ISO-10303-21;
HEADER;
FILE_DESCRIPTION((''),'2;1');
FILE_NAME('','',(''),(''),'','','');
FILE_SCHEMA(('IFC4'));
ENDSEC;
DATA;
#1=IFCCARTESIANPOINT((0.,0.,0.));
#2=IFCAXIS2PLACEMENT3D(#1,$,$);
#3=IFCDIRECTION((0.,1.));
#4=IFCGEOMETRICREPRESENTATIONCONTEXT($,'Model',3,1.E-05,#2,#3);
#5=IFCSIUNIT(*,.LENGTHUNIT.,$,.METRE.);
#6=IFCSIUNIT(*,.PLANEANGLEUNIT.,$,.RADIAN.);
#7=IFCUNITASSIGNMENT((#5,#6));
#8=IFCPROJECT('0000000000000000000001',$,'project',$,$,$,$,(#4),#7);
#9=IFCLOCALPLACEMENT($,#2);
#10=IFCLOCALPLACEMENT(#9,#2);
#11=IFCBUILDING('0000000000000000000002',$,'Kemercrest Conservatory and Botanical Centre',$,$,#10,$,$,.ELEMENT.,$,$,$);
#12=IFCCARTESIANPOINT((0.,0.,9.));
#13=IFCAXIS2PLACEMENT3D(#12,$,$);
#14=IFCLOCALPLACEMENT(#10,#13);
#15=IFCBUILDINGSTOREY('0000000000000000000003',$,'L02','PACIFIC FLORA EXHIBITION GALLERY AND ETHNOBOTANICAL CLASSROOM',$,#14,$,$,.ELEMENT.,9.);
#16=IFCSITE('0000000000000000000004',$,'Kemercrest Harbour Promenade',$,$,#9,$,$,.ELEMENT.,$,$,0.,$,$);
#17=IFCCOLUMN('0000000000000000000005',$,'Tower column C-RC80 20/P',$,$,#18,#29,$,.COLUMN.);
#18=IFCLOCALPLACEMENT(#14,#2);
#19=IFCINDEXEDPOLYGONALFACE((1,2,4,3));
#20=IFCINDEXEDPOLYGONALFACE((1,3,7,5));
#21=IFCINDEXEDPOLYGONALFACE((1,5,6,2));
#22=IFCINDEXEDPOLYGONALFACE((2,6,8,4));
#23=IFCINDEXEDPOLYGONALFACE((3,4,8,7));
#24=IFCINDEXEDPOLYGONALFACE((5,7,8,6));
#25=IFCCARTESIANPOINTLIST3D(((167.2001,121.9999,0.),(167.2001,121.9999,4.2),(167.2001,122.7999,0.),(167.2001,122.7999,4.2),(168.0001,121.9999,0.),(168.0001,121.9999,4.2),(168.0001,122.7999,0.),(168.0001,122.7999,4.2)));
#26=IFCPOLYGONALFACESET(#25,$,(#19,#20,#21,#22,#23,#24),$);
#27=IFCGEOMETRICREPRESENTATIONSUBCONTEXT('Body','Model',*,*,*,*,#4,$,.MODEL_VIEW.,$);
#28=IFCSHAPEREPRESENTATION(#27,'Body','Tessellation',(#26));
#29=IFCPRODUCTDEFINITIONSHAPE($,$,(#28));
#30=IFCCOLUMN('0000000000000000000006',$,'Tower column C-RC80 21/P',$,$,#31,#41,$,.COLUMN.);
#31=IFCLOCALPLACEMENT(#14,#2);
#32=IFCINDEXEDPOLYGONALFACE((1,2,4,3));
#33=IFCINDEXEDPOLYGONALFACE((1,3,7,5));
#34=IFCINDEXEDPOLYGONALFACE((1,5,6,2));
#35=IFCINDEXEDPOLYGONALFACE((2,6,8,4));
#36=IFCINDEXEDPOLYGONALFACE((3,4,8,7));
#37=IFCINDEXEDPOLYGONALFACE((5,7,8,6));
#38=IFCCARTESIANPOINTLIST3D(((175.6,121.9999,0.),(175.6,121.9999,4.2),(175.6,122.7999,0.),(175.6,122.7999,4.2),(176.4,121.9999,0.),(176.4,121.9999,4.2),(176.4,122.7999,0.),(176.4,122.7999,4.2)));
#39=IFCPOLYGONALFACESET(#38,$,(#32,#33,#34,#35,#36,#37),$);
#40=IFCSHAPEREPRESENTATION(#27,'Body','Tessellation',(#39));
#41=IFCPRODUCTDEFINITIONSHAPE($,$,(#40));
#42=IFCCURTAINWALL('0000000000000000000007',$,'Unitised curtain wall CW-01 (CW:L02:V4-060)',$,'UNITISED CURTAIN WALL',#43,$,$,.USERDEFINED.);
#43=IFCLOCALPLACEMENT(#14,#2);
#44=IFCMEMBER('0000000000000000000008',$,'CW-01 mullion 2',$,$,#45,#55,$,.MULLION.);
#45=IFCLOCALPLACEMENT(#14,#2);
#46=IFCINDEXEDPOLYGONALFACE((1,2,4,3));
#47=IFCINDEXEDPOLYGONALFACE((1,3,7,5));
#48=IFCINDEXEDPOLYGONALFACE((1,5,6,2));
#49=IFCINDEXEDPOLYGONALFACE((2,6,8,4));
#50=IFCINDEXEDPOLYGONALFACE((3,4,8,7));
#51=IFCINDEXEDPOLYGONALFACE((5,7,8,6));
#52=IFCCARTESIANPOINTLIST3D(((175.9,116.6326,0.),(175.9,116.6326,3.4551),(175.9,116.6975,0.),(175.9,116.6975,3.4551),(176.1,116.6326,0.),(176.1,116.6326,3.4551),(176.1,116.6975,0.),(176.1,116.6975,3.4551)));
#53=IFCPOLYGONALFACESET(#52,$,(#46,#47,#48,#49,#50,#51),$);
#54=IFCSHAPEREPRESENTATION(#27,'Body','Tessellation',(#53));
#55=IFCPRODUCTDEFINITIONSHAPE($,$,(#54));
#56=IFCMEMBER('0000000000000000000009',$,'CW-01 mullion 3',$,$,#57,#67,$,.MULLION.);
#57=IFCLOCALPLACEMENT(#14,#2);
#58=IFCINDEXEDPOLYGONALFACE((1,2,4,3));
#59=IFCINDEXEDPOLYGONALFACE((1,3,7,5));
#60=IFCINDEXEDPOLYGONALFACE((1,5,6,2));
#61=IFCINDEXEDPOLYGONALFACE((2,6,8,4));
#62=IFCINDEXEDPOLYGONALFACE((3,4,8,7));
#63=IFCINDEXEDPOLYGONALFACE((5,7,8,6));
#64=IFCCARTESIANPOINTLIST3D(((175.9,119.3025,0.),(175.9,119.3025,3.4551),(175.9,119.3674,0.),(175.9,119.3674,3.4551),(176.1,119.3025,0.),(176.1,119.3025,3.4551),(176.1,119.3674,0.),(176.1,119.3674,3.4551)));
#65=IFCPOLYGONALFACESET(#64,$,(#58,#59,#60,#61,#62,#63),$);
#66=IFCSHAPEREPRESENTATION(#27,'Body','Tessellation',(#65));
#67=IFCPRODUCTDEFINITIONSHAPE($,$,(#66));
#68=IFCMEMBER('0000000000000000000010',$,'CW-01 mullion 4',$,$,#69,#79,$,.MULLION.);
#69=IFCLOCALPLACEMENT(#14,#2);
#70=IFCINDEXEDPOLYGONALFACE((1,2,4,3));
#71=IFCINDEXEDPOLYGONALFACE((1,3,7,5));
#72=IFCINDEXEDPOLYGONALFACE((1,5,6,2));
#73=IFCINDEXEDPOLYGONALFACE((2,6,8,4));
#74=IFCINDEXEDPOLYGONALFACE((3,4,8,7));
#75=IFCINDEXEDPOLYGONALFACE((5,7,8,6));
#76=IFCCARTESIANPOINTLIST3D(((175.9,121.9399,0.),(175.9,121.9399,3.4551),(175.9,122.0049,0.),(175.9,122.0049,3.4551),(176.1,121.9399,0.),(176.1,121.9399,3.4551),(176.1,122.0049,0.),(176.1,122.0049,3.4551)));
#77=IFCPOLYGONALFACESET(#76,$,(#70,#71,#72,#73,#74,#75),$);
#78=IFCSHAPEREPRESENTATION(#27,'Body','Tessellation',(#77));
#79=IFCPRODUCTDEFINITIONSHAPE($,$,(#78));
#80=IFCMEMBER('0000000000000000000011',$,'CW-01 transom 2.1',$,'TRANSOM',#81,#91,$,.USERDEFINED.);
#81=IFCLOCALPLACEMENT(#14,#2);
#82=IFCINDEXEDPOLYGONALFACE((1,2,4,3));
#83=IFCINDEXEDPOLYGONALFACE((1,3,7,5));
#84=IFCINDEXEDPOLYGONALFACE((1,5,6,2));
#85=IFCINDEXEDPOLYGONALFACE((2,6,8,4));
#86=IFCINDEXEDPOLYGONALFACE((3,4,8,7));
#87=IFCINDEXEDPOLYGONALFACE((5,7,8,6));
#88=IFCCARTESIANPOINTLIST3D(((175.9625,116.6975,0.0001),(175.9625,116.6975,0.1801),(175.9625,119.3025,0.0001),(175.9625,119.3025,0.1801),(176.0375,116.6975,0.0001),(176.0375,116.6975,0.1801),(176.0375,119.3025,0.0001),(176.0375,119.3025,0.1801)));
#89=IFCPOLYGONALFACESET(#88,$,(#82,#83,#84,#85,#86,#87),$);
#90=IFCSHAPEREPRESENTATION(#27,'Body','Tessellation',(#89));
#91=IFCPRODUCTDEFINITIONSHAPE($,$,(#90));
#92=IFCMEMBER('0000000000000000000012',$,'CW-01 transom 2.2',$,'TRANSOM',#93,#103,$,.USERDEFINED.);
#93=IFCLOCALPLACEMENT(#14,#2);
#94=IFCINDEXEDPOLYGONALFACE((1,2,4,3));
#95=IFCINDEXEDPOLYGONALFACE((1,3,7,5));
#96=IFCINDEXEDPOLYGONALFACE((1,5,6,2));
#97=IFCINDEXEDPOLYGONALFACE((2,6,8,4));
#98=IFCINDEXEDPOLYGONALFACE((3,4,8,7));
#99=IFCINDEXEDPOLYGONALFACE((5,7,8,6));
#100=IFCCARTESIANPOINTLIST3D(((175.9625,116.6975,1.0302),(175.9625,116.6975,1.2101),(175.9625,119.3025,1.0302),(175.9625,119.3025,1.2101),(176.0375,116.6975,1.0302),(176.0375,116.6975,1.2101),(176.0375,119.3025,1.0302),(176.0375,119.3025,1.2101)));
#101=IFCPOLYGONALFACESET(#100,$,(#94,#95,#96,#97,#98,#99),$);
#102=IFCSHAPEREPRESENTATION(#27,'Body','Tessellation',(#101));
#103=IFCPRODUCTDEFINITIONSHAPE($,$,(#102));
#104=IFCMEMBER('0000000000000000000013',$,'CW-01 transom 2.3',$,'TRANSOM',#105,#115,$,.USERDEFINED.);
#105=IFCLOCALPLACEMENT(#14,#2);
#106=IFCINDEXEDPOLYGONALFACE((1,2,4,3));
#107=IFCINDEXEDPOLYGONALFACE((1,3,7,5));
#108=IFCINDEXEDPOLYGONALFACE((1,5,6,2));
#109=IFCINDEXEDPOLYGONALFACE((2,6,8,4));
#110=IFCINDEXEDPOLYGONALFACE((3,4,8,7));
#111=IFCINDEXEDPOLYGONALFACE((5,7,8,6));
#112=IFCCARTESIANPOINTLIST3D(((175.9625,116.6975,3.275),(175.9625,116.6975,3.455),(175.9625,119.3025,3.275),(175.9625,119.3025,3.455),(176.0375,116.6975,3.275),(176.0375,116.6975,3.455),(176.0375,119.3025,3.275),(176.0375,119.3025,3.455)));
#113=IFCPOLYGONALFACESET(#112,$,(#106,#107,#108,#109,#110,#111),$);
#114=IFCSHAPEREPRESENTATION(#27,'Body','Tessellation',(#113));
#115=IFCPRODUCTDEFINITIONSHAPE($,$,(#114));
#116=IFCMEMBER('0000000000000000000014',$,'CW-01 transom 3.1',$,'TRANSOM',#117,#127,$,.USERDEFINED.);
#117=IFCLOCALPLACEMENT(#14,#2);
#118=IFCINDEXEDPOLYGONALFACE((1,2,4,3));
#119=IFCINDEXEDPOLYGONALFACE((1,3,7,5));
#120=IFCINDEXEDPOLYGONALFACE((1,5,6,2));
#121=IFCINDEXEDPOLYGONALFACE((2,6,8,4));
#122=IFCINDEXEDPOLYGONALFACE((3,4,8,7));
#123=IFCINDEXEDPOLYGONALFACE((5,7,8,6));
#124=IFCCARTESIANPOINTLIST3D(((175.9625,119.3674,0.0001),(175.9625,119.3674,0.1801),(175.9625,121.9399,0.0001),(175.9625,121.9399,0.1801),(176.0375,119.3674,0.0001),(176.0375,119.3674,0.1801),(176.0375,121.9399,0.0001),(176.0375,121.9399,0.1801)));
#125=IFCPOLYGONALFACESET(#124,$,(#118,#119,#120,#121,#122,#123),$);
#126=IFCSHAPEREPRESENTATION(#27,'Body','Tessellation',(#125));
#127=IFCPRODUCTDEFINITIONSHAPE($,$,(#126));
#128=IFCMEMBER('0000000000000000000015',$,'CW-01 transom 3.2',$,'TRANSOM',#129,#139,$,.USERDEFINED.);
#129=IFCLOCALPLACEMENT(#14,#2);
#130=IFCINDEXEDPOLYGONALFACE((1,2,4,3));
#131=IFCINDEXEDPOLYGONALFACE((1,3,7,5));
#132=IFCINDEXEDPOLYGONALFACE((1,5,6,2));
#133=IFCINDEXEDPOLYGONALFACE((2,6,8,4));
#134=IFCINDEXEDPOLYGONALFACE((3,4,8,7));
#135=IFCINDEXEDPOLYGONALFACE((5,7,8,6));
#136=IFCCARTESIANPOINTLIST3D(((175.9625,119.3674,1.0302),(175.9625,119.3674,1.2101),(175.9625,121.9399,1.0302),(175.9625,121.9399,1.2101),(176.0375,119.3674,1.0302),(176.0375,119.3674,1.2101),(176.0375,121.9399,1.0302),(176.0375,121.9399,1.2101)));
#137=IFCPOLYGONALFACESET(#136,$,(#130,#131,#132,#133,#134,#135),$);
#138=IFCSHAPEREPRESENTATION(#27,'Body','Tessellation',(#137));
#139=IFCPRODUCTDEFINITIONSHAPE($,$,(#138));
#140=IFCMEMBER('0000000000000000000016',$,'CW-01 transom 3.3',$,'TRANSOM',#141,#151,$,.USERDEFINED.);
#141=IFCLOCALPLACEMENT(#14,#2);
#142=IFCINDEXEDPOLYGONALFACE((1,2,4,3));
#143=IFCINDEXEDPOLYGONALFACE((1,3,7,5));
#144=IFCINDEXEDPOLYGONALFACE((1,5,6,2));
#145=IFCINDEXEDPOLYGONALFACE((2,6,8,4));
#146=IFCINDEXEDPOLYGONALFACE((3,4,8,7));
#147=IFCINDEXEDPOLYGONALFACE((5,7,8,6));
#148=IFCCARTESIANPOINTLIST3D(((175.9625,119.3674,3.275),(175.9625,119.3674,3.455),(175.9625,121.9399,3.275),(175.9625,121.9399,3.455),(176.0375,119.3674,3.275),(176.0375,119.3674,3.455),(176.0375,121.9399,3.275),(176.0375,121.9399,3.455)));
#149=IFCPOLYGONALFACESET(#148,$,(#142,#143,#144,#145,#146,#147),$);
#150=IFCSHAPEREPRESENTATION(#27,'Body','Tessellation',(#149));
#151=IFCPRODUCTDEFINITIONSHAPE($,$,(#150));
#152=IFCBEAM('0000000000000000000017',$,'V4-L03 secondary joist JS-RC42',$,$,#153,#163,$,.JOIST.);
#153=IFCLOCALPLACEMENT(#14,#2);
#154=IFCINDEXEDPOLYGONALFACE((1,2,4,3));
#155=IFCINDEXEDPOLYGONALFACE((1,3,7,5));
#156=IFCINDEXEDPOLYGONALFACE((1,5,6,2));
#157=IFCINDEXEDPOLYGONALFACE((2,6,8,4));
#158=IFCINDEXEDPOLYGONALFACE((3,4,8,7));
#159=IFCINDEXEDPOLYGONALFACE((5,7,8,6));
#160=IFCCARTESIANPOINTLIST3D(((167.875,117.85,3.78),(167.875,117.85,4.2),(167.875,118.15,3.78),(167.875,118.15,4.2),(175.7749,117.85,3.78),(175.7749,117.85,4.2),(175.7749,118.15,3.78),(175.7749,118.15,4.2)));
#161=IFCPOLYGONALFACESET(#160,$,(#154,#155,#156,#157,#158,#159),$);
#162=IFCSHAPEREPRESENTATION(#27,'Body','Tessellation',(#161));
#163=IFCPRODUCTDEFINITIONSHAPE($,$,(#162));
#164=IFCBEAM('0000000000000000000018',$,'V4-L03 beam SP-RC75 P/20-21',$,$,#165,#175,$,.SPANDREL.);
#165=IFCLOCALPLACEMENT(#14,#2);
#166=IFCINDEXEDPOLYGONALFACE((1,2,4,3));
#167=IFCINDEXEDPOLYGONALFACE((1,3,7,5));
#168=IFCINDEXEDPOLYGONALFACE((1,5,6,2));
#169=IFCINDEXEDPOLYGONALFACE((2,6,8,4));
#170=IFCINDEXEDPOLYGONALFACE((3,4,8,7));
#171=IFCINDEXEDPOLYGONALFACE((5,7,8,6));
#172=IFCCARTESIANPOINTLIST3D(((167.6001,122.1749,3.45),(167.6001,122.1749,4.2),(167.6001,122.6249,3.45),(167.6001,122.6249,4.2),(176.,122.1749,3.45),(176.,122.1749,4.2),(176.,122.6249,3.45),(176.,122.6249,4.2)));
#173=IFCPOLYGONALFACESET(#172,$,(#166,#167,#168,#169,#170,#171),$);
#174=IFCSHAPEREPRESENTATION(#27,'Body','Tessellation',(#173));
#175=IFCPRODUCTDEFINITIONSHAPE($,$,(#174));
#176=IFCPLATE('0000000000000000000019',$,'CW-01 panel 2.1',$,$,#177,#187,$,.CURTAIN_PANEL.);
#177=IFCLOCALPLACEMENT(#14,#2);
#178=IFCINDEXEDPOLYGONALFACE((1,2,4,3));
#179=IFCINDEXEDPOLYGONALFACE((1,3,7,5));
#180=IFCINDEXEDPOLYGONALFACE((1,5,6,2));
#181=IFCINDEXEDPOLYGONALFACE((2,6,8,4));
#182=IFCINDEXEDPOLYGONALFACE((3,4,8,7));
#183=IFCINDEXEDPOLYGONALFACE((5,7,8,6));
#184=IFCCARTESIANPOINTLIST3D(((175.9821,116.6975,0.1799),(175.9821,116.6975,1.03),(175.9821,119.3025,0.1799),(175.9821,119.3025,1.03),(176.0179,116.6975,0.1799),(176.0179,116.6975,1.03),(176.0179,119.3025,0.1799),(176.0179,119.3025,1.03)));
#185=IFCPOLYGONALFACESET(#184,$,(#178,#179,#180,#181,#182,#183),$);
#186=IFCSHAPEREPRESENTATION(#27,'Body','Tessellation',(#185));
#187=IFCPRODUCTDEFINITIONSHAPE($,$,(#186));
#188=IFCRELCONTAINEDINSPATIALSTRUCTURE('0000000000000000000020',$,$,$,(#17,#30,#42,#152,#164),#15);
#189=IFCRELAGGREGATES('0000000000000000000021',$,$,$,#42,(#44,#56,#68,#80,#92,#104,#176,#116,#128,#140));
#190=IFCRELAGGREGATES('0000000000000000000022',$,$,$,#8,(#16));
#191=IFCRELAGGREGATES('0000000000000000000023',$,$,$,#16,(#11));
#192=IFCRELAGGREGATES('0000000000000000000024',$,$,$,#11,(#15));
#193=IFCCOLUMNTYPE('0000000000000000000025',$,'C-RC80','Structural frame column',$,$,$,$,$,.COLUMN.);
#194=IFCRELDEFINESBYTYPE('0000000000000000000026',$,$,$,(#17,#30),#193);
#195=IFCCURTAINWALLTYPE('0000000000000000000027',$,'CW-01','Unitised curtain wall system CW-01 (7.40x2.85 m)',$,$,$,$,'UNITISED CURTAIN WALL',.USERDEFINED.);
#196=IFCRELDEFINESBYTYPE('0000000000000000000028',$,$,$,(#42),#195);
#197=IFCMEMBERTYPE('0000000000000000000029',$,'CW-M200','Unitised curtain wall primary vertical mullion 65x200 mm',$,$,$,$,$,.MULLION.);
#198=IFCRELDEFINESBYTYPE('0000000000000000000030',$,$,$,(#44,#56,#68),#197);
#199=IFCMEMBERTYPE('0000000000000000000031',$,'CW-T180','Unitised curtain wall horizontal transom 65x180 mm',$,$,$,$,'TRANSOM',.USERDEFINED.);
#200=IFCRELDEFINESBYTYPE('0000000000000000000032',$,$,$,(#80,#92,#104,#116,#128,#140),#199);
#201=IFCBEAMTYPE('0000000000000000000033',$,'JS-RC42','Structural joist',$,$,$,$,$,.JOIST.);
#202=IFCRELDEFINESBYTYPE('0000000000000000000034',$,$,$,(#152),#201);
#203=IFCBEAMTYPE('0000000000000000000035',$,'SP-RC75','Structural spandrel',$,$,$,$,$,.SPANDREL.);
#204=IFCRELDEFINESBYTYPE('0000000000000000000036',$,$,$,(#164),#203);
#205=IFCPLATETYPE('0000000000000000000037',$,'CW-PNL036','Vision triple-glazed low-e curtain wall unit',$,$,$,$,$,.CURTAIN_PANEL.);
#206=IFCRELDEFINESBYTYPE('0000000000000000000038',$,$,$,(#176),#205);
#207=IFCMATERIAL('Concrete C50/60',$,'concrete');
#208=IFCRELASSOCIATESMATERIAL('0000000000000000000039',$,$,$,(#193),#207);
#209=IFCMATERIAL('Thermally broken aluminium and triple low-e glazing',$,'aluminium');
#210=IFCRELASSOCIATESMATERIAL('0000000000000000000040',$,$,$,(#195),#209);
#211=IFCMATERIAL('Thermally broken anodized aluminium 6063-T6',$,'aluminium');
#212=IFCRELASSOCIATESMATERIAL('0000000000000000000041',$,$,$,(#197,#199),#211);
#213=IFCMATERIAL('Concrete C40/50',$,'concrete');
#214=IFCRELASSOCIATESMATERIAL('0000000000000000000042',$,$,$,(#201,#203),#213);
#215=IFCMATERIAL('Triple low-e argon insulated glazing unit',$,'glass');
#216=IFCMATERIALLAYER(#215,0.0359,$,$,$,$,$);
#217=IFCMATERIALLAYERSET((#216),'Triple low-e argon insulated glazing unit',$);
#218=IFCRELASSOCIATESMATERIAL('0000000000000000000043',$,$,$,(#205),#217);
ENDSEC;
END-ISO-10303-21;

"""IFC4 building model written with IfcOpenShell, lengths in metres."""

from ifc_helpers import new_model, si_unit, direction, frame, origin, origin_2d, place, context, subcontext, project, spatial, rectangle, extrude, material, layer, layer_set, material_profile, profile_set, type_object, element, aggregate, save


model = new_model("IFC4")

# Units and contexts
model_context = context("Model", 3, precision=1e-05, world=origin(), true_north=direction((0.0, 1.0)))
body_context = subcontext(model_context, "Body", "Model", "MODEL_VIEW")
ifc_project = project(units=[si_unit("LENGTHUNIT", "METRE"), si_unit("PLANEANGLEUNIT", "RADIAN")], contexts=[model_context])

# Site, building, storey
site_placement = place(None, origin())
site = spatial("IfcSite", under=ifc_project, at=site_placement, Name="Kemercrest Harbour Promenade", CompositionType="ELEMENT", RefElevation=0.0)
building_placement = place(site_placement, origin())
building = spatial("IfcBuilding", under=site, at=building_placement, Name="Kemercrest Conservatory and Botanical Centre", CompositionType="ELEMENT")
storey_placement = place(building_placement, frame((0.0, 0.0, 9.0)))
storey = spatial("IfcBuildingStorey", under=building, at=storey_placement, Name="L02", Description="PACIFIC FLORA EXHIBITION GALLERY AND ETHNOBOTANICAL CLASSROOM", CompositionType="ELEMENT", Elevation=9.0)

# Columns
ifc_material_1 = material(Name="Concrete C50/60", Category="concrete")
ifc_material_profile_1 = material_profile(ifc_material_1, rectangle(XDim=0.8, YDim=0.8, at=origin_2d()), Name="RC 800x800")
ifc_profile_set_1 = profile_set([ifc_material_profile_1], Name="Concrete C50/60")
column_type = type_object("IfcColumnType", Name="C-RC80", Description="Structural frame column", PredefinedType="COLUMN", material=ifc_profile_set_1)
for number, where, z_axis, x_axis, name in (
    (1, (167.6001, 122.3999, 0.0), (0.0, 0.0, 1.0), (1.0, 0.0, 0.0), "Tower column C-RC80 20/P"),
    (2, (176.0, 122.3999, 0.0), (0.0, 0.0, 1.0), (1.0, 0.0, 0.0), "Tower column C-RC80 21/P"),
):
    element("IfcColumn", number, at=place(storey_placement, frame(where, z_axis=z_axis, x_axis=x_axis)), inside=storey, type_object=column_type, Name=name, PredefinedType="COLUMN", context=body_context, shape_type="SweptSolid", body=[
        extrude(rectangle(XDim=0.8, YDim=0.8, at=origin_2d()), origin(), (0.0, 0.0, 1.0), 4.2),
    ])

# Curtain wall, members
ifc_material_2 = material(Name="Thermally broken aluminium and triple low-e glazing", Category="aluminium")
curtain_wall_type = type_object("IfcCurtainWallType", Name="CW-01", Description="Unitised curtain wall system CW-01 (7.40x2.85 m)", ElementType="UNITISED CURTAIN WALL", PredefinedType="USERDEFINED", material=ifc_material_2)
curtain_wall_placement = place(storey_placement, origin())
curtain_wall = element("IfcCurtainWall", 3, at=curtain_wall_placement, inside=storey, type_object=curtain_wall_type, Name="Unitised curtain wall CW-01 (CW:L02:V4-060)", ObjectType="UNITISED CURTAIN WALL", PredefinedType="USERDEFINED")
ifc_material_3 = material(Name="Thermally broken anodized aluminium 6063-T6", Category="aluminium")
ifc_material_profile_2 = material_profile(ifc_material_3, rectangle(XDim=0.2, YDim=0.0649, at=origin_2d()), Name="AL MULLION 65x200")
ifc_profile_set_2 = profile_set([ifc_material_profile_2], Name="Thermally broken anodized aluminium 6063-T6")
member_type_1 = type_object("IfcMemberType", Name="CW-M200", Description="Unitised curtain wall primary vertical mullion 65x200 mm", PredefinedType="MULLION", material=ifc_profile_set_2)
member_1_placement = place(storey_placement, frame((176.0, 116.665, 0.0), z_axis=(0.0, 0.0, 1.0), x_axis=(-1.0, 0.0, 0.0)))
member_1 = element("IfcMember", 4, at=member_1_placement, type_object=member_type_1, Name="CW-01 mullion 2", PredefinedType="MULLION", context=body_context, shape_type="SweptSolid", body=[
    extrude(rectangle(XDim=0.2, YDim=0.0649, at=origin_2d()), origin(), (0.0, 0.0, 1.0), 3.4551),
])
member_2_placement = place(storey_placement, frame((176.0, 119.335, 0.0), z_axis=(0.0, 0.0, 1.0), x_axis=(-1.0, 0.0, 0.0)))
member_2 = element("IfcMember", 5, at=member_2_placement, type_object=member_type_1, Name="CW-01 mullion 3", PredefinedType="MULLION", context=body_context, shape_type="SweptSolid", body=[
    extrude(rectangle(XDim=0.2, YDim=0.0649, at=origin_2d()), origin(), (0.0, 0.0, 1.0), 3.4551),
])
member_3_placement = place(storey_placement, frame((176.0, 121.9724, 0.0), z_axis=(0.0, 0.0, 1.0), x_axis=(-1.0, 0.0, 0.0)))
member_3 = element("IfcMember", 6, at=member_3_placement, type_object=member_type_1, Name="CW-01 mullion 4", PredefinedType="MULLION", context=body_context, shape_type="SweptSolid", body=[
    extrude(rectangle(XDim=0.2, YDim=0.0649, at=origin_2d()), origin(), (0.0, 0.0, 1.0), 3.4551),
])
ifc_material_profile_3 = material_profile(ifc_material_3, rectangle(XDim=0.075, YDim=0.1799, at=origin_2d()), Name="AL TRANSOM 75x180")
ifc_profile_set_3 = profile_set([ifc_material_profile_3], Name="Thermally broken anodized aluminium 6063-T6")
member_type_2 = type_object("IfcMemberType", Name="CW-T180", Description="Unitised curtain wall horizontal transom 65x180 mm", ElementType="TRANSOM", PredefinedType="USERDEFINED", material=ifc_profile_set_3)
member_4_placement = place(storey_placement, frame((176.0, 116.6975, 0.0901), z_axis=(0.0, 1.0, 0.0), x_axis=(-1.0, 0.0, 0.0)))
member_4 = element("IfcMember", 7, at=member_4_placement, type_object=member_type_2, Name="CW-01 transom 2.1", ObjectType="TRANSOM", PredefinedType="USERDEFINED", context=body_context, shape_type="SweptSolid", body=[
    extrude(rectangle(XDim=0.075, YDim=0.1799, at=origin_2d()), origin(), (0.0, 0.0, 1.0), 2.605),
])
member_5_placement = place(storey_placement, frame((176.0, 116.6975, 1.1201), z_axis=(0.0, 1.0, 0.0), x_axis=(-1.0, 0.0, 0.0)))
member_5 = element("IfcMember", 8, at=member_5_placement, type_object=member_type_2, Name="CW-01 transom 2.2", ObjectType="TRANSOM", PredefinedType="USERDEFINED", context=body_context, shape_type="SweptSolid", body=[
    extrude(rectangle(XDim=0.075, YDim=0.1799, at=origin_2d()), origin(), (0.0, 0.0, 1.0), 2.605),
])
member_6_placement = place(storey_placement, frame((176.0, 116.6975, 3.365), z_axis=(0.0, 1.0, 0.0), x_axis=(-1.0, 0.0, 0.0)))
member_6 = element("IfcMember", 9, at=member_6_placement, type_object=member_type_2, Name="CW-01 transom 2.3", ObjectType="TRANSOM", PredefinedType="USERDEFINED", context=body_context, shape_type="SweptSolid", body=[
    extrude(rectangle(XDim=0.075, YDim=0.1799, at=origin_2d()), origin(), (0.0, 0.0, 1.0), 2.605),
])
member_7_placement = place(storey_placement, frame((176.0, 119.3674, 0.0901), z_axis=(0.0, 1.0, 0.0), x_axis=(-1.0, 0.0, 0.0)))
member_7 = element("IfcMember", 10, at=member_7_placement, type_object=member_type_2, Name="CW-01 transom 3.1", ObjectType="TRANSOM", PredefinedType="USERDEFINED", context=body_context, shape_type="SweptSolid", body=[
    extrude(rectangle(XDim=0.075, YDim=0.1799, at=origin_2d()), origin(), (0.0, 0.0, 1.0), 2.5725),
])
member_8_placement = place(storey_placement, frame((176.0, 119.3674, 1.1201), z_axis=(0.0, 1.0, 0.0), x_axis=(-1.0, 0.0, 0.0)))
member_8 = element("IfcMember", 11, at=member_8_placement, type_object=member_type_2, Name="CW-01 transom 3.2", ObjectType="TRANSOM", PredefinedType="USERDEFINED", context=body_context, shape_type="SweptSolid", body=[
    extrude(rectangle(XDim=0.075, YDim=0.1799, at=origin_2d()), origin(), (0.0, 0.0, 1.0), 2.5725),
])
member_9_placement = place(storey_placement, frame((176.0, 119.3674, 3.365), z_axis=(0.0, 1.0, 0.0), x_axis=(-1.0, 0.0, 0.0)))
member_9 = element("IfcMember", 12, at=member_9_placement, type_object=member_type_2, Name="CW-01 transom 3.3", ObjectType="TRANSOM", PredefinedType="USERDEFINED", context=body_context, shape_type="SweptSolid", body=[
    extrude(rectangle(XDim=0.075, YDim=0.1799, at=origin_2d()), origin(), (0.0, 0.0, 1.0), 2.5725),
])

# Beams
ifc_material_4 = material(Name="Concrete C40/50", Category="concrete")
ifc_material_profile_4 = material_profile(ifc_material_4, rectangle(XDim=0.3, YDim=0.4199, at=origin_2d()), Name="RC 300x420")
ifc_profile_set_4 = profile_set([ifc_material_profile_4], Name="Concrete C40/50")
beam_type_1 = type_object("IfcBeamType", Name="JS-RC42", Description="Structural joist", PredefinedType="JOIST", material=ifc_profile_set_4)
beam_1_placement = place(storey_placement, frame((167.875, 118.0, 3.99), z_axis=(1.0, 0.0, 0.0), x_axis=(0.0, 1.0, 0.0)))
element("IfcBeam", 13, at=beam_1_placement, inside=storey, type_object=beam_type_1, Name="V4-L03 secondary joist JS-RC42", PredefinedType="JOIST", context=body_context, shape_type="SweptSolid", body=[
    extrude(rectangle(XDim=0.3, YDim=0.4199, at=origin_2d()), origin(), (0.0, 0.0, 1.0), 7.8999),
])
ifc_material_profile_5 = material_profile(ifc_material_4, rectangle(XDim=0.45, YDim=0.75, at=origin_2d()), Name="RC 450x750")
ifc_profile_set_5 = profile_set([ifc_material_profile_5], Name="Concrete C40/50")
beam_type_2 = type_object("IfcBeamType", Name="SP-RC75", Description="Structural spandrel", PredefinedType="SPANDREL", material=ifc_profile_set_5)
beam_2_placement = place(storey_placement, frame((167.6001, 122.3999, 3.825), z_axis=(1.0, 0.0, 0.0), x_axis=(0.0, 1.0, 0.0)))
element("IfcBeam", 14, at=beam_2_placement, inside=storey, type_object=beam_type_2, Name="V4-L03 beam SP-RC75 P/20-21", PredefinedType="SPANDREL", context=body_context, shape_type="SweptSolid", body=[
    extrude(rectangle(XDim=0.45, YDim=0.75, at=origin_2d()), origin(), (0.0, 0.0, 1.0), 8.3999),
])

# Plate
ifc_material_5 = material(Name="Triple low-e argon insulated glazing unit", Category="glass")
ifc_layer_1 = layer(ifc_material_5, 0.0359)
ifc_layer_set_1 = layer_set([ifc_layer_1], Name="Triple low-e argon insulated glazing unit")
plate_type = type_object("IfcPlateType", Name="CW-PNL036", Description="Vision triple-glazed low-e curtain wall unit", PredefinedType="CURTAIN_PANEL", material=ifc_layer_set_1)
plate_1_placement = place(storey_placement, frame((176.0, 118.0, 0.1799), z_axis=(0.0, 0.0, 1.0), x_axis=(0.0, 1.0, 0.0)))
plate_1 = element("IfcPlate", 15, at=plate_1_placement, type_object=plate_type, Name="CW-01 panel 2.1", PredefinedType="CURTAIN_PANEL", context=body_context, shape_type="SweptSolid", body=[
    extrude(rectangle(XDim=2.605, YDim=0.0359, at=origin_2d()), origin(), (0.0, 0.0, 1.0), 0.8501),
])
aggregate(curtain_wall, [member_1, member_2, member_3, member_4, member_5, member_6, plate_1, member_7, member_8, member_9])

save(model, "model.ifc")
